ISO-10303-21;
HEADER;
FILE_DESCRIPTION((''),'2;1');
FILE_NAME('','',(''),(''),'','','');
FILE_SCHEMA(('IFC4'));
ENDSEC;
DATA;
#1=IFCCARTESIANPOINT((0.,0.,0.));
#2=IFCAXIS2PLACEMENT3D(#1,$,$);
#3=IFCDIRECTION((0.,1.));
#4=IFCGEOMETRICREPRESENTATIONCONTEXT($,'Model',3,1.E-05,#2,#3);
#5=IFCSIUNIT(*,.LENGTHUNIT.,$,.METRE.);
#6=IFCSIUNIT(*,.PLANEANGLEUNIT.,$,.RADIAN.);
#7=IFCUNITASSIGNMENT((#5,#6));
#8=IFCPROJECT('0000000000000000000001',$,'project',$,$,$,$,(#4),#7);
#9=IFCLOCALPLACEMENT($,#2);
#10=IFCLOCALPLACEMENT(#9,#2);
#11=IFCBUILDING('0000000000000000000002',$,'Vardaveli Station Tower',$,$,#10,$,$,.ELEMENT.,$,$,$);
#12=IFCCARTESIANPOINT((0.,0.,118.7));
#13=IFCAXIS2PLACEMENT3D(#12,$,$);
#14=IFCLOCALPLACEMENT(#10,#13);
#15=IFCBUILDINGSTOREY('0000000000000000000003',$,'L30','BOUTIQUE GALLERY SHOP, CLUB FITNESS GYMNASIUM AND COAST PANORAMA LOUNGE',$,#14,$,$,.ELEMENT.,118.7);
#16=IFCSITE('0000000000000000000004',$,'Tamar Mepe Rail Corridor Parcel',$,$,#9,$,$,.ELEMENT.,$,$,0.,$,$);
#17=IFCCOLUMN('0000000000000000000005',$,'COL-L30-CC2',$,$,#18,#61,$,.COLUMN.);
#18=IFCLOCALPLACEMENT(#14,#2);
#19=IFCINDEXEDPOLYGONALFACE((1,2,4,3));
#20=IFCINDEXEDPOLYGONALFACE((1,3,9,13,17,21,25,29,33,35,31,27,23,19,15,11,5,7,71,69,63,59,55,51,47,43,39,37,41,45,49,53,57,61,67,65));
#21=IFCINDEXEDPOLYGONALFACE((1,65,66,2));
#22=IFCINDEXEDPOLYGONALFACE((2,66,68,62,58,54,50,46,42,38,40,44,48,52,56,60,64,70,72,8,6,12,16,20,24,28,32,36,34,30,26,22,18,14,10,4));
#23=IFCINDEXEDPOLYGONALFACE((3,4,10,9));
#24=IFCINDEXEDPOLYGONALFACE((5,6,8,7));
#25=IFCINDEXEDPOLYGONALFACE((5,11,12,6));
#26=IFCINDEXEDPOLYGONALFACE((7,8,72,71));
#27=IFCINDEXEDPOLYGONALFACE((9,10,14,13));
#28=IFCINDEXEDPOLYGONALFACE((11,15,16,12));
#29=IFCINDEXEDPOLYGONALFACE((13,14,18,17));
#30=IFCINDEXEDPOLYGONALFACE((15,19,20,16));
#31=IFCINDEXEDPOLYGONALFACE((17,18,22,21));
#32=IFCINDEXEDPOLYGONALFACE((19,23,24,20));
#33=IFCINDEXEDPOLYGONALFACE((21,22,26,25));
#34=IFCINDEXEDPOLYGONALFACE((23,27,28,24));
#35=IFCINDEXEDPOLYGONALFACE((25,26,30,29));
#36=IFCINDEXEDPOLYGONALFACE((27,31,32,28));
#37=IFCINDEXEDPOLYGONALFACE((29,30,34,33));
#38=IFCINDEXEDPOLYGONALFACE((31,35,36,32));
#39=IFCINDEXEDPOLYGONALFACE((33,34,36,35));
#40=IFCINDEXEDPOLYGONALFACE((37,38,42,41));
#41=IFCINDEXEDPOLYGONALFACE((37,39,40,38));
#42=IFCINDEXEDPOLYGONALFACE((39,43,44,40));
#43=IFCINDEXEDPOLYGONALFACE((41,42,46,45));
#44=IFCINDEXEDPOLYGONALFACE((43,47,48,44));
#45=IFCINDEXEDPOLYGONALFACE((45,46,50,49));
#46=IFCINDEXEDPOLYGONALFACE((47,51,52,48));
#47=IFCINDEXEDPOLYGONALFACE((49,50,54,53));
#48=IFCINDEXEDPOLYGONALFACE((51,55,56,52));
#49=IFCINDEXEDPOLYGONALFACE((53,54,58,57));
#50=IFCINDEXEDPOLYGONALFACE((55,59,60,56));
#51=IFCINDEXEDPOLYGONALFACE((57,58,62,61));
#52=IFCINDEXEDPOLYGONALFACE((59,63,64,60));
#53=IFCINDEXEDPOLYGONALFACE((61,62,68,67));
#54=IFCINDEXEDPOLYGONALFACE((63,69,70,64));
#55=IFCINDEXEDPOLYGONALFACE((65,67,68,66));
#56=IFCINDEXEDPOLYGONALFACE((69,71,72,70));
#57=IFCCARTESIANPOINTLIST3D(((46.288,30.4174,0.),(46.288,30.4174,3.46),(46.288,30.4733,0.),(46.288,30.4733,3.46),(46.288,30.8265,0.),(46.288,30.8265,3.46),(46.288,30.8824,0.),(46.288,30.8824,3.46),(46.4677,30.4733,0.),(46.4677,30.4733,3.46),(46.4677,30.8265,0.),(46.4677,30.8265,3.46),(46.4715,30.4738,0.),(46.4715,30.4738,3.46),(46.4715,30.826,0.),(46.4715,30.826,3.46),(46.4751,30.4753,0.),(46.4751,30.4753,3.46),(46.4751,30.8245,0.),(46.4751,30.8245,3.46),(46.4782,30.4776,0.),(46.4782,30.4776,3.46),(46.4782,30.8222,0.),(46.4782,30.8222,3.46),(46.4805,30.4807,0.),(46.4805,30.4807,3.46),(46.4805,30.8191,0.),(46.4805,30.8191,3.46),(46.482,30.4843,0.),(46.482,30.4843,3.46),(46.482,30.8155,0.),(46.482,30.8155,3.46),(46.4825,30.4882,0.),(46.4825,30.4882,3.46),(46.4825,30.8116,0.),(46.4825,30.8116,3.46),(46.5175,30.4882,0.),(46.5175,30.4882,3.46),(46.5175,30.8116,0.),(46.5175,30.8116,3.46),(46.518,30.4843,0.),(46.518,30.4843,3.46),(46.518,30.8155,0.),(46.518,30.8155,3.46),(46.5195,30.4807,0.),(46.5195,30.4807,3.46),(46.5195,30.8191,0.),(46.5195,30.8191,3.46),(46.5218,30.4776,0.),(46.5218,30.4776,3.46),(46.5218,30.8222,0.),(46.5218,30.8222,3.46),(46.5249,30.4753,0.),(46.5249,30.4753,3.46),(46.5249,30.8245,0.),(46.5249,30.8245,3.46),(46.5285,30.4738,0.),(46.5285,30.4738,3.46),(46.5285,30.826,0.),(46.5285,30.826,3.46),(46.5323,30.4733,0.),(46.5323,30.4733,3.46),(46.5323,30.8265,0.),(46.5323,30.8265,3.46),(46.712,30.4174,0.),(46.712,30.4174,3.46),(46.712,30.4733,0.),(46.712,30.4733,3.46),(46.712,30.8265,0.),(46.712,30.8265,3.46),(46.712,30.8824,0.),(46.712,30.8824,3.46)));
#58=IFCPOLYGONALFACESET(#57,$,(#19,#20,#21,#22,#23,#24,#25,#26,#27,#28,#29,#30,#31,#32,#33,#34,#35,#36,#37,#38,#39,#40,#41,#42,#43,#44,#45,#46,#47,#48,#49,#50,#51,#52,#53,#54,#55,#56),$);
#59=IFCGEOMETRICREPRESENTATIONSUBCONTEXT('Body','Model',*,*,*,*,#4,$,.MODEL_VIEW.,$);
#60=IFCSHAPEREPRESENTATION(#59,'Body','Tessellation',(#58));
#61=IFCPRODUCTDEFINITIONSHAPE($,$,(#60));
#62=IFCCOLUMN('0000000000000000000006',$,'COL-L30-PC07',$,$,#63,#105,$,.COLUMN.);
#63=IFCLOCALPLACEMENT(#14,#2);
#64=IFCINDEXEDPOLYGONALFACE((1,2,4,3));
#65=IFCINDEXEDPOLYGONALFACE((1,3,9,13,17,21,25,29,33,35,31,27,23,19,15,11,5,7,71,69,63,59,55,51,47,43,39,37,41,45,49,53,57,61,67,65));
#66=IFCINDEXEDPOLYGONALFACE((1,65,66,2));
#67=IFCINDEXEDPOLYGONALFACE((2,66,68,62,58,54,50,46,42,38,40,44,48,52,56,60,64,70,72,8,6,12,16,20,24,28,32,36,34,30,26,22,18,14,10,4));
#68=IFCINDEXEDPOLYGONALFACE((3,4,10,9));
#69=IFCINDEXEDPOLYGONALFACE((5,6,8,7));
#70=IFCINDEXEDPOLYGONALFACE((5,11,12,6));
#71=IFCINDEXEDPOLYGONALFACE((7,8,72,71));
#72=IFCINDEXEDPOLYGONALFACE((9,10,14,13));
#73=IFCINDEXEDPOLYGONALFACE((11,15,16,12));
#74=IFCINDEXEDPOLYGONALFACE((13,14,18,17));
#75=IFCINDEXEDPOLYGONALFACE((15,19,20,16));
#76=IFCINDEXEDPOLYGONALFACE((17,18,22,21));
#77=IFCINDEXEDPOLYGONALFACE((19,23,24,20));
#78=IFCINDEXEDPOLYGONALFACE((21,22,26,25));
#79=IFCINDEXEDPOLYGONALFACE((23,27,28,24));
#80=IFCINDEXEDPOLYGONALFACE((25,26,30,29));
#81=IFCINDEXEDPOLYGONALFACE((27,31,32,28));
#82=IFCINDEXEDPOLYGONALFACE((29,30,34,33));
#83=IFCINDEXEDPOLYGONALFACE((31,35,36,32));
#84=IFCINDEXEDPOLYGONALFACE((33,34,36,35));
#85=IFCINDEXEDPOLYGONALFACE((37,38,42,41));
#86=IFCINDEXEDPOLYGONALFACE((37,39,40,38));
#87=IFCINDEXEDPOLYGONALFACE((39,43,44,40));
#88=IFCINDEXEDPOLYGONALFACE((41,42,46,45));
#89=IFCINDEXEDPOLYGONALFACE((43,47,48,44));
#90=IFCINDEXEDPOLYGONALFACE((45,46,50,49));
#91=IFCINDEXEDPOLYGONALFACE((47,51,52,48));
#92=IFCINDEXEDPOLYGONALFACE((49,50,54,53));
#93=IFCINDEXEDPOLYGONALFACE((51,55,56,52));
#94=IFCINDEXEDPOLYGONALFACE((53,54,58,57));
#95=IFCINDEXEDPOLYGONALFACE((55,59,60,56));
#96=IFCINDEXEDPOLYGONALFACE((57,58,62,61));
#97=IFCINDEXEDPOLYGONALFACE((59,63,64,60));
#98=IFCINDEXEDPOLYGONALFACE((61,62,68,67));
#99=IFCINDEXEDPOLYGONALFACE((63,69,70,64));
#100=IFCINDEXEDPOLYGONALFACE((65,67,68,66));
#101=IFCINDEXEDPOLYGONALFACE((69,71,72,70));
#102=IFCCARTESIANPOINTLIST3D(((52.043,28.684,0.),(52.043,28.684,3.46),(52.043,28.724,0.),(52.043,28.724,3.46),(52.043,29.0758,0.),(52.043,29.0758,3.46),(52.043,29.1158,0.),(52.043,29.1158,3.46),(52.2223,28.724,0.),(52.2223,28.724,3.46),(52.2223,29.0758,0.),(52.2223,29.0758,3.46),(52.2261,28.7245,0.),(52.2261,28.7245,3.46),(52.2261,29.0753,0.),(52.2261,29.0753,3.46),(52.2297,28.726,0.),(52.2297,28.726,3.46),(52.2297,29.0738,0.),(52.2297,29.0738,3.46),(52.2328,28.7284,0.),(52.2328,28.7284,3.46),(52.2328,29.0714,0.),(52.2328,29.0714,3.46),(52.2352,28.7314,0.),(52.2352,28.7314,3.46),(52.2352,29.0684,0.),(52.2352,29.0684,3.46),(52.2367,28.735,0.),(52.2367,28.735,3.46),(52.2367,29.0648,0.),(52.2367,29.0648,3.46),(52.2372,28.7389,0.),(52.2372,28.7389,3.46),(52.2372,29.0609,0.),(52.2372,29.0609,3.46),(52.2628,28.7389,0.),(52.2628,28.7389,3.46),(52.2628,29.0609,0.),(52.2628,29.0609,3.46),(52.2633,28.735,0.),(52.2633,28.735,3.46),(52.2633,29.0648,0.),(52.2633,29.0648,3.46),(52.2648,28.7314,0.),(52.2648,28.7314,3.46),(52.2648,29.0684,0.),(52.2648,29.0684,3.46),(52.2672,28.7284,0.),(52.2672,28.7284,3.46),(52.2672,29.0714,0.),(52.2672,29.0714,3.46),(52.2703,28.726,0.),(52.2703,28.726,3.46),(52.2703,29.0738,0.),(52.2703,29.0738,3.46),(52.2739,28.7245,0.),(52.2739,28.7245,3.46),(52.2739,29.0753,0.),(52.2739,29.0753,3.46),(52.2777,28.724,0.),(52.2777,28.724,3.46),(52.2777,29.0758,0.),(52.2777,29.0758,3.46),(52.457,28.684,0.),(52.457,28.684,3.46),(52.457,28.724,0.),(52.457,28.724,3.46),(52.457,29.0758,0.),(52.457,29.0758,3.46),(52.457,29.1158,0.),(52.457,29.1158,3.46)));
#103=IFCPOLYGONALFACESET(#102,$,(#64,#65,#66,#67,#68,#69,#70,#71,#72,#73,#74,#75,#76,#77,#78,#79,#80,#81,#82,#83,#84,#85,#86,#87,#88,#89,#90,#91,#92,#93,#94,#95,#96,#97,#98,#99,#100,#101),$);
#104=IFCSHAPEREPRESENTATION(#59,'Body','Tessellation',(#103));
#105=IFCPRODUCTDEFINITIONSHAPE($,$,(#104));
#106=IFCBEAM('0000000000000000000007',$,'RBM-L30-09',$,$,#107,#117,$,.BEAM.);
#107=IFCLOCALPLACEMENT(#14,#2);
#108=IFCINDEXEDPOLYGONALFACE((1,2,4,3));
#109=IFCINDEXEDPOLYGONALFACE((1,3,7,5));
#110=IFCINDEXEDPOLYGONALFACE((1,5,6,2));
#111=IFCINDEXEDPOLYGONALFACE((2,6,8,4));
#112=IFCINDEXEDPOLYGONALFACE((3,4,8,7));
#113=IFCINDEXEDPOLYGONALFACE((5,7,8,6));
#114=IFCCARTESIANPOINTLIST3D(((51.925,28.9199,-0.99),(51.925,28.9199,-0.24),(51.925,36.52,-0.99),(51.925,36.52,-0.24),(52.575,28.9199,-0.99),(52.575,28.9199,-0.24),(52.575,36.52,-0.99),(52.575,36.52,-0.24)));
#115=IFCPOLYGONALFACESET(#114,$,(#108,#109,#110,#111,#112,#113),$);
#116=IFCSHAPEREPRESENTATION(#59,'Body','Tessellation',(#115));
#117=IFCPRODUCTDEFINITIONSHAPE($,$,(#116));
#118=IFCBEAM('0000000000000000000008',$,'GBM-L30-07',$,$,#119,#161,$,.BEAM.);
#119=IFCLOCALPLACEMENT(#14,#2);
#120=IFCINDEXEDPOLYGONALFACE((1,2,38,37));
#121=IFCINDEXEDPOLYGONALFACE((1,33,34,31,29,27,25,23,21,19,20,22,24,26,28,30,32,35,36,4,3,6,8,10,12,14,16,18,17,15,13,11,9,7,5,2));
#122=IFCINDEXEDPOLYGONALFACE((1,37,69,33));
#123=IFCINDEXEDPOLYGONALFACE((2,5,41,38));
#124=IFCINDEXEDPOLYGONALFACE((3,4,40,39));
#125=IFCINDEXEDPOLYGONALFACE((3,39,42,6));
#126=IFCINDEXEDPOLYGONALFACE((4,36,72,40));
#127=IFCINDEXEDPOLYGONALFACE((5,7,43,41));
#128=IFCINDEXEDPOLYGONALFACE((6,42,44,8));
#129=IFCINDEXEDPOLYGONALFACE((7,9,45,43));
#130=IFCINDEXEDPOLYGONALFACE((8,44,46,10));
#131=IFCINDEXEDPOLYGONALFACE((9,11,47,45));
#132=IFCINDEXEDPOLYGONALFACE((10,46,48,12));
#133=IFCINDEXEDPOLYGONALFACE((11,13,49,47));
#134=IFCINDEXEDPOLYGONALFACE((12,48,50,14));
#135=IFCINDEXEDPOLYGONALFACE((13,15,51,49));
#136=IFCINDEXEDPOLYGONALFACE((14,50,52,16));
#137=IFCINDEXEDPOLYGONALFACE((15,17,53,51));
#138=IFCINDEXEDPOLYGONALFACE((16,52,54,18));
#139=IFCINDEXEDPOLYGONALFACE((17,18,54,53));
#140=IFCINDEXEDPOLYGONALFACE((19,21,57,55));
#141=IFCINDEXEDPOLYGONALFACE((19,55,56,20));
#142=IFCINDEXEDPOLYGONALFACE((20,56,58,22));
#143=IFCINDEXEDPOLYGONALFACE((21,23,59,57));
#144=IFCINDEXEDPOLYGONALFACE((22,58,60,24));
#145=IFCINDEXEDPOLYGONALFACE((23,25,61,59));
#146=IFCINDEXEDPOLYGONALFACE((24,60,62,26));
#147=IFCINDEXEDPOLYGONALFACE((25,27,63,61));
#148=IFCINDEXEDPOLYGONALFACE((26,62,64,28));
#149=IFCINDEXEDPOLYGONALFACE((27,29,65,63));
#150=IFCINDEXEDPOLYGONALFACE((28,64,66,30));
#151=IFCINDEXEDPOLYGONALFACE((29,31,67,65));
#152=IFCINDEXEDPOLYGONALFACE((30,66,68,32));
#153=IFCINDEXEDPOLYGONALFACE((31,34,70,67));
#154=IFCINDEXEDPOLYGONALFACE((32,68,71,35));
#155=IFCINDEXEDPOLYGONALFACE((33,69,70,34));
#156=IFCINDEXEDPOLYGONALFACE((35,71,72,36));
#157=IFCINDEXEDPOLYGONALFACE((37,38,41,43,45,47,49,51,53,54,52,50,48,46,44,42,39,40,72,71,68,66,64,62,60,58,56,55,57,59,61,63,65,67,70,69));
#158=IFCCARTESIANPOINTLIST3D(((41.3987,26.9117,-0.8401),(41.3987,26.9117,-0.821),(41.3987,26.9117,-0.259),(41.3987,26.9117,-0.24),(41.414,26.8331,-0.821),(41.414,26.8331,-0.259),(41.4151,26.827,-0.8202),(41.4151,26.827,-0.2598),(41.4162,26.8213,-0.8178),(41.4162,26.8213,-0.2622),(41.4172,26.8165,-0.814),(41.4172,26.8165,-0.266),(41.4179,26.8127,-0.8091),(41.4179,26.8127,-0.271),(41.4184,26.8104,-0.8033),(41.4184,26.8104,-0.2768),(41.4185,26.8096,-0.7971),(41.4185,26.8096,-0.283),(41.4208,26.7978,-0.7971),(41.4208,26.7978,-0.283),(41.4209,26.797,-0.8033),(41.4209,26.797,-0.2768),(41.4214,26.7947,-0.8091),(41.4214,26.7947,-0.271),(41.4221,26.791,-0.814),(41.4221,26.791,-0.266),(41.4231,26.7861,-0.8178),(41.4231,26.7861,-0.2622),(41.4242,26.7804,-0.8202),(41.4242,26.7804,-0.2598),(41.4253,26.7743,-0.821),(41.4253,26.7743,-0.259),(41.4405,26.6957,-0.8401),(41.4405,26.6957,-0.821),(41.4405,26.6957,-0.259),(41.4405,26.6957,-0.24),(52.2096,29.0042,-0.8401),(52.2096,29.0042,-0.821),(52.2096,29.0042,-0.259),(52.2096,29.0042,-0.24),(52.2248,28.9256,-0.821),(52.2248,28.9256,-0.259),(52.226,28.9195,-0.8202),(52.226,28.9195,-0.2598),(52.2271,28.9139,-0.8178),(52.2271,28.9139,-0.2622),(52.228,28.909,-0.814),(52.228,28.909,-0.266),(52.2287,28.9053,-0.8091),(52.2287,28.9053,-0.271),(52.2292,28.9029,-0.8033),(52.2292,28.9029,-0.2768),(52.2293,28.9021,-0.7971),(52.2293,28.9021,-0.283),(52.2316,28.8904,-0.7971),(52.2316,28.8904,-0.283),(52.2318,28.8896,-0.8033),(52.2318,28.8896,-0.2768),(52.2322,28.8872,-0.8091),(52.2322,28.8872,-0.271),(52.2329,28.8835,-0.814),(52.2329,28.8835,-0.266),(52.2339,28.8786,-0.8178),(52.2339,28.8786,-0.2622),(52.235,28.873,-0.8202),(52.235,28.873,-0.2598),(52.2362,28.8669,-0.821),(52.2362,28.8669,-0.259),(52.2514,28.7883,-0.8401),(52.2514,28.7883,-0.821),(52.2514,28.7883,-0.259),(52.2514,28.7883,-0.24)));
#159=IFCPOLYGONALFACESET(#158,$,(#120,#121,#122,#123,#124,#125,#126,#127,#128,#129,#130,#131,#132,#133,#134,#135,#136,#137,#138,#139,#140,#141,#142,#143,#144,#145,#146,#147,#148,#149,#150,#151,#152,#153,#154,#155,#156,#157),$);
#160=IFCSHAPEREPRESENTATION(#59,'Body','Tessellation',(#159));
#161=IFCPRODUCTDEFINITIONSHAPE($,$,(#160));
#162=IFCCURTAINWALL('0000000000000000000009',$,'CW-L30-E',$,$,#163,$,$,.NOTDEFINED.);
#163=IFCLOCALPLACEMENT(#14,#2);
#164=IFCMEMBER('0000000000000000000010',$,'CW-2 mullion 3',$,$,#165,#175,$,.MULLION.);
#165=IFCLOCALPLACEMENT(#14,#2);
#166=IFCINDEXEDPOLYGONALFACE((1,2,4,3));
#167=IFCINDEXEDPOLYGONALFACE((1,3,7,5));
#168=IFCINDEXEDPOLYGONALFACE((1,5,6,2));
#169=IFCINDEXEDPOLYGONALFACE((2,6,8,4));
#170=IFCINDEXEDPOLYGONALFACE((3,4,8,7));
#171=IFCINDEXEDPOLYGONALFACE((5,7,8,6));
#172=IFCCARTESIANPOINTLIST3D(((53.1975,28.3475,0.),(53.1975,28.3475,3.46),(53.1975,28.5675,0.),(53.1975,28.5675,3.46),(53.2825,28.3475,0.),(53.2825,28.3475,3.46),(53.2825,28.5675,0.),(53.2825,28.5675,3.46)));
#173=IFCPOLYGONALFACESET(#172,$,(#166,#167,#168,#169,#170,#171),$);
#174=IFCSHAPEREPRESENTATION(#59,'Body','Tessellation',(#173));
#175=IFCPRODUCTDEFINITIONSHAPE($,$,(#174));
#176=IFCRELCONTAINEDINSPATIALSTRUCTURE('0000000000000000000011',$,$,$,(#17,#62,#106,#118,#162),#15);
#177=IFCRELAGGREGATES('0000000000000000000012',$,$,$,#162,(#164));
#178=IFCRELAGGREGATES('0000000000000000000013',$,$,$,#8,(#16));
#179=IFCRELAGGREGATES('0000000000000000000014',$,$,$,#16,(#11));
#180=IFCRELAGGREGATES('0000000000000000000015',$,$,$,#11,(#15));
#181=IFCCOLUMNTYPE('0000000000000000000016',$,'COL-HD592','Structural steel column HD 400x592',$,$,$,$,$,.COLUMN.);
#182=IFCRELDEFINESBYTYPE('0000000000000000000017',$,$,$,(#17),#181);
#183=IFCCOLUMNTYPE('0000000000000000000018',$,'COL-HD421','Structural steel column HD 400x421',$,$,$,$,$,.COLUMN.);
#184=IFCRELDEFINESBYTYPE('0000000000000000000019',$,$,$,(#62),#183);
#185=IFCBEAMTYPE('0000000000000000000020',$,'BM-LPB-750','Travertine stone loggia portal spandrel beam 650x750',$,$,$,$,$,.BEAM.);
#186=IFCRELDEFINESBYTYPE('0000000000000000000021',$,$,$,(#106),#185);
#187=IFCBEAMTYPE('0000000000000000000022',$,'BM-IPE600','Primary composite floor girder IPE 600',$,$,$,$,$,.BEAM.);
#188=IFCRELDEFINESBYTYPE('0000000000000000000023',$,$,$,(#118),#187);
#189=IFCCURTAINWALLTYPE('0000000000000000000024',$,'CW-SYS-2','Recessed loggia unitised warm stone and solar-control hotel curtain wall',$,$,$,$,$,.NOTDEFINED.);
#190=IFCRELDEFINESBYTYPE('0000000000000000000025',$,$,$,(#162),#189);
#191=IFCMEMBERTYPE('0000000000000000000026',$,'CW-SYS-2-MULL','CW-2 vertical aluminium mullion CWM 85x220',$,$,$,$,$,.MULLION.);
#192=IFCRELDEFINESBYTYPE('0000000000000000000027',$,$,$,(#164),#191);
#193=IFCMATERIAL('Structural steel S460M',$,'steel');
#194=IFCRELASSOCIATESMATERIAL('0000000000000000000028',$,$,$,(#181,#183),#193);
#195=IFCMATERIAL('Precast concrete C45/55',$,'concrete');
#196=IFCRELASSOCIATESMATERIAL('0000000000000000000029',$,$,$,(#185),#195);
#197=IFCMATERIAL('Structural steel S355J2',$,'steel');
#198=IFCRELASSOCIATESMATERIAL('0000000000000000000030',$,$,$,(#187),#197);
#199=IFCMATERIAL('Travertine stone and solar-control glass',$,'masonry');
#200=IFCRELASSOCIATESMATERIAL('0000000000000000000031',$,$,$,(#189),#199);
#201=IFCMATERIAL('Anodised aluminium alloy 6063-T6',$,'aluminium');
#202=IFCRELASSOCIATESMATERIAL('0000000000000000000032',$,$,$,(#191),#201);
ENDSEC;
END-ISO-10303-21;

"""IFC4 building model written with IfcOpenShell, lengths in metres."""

from ifc_helpers import new_model, si_unit, direction, frame, origin, origin_2d, place, context, subcontext, project, spatial, rectangle, i_section, extrude, source, transform, mapped, material, material_profile, profile_set, type_object, element, aggregate, save


model = new_model("IFC4")

# Units and contexts
model_context = context("Model", 3, precision=1e-05, world=origin(), true_north=direction((0.0, 1.0)))
body_context = subcontext(model_context, "Body", "Model", "MODEL_VIEW")
ifc_project = project(units=[si_unit("LENGTHUNIT", "METRE"), si_unit("PLANEANGLEUNIT", "RADIAN")], contexts=[model_context])

# Site, building, storey
site_placement = place(None, origin())
site = spatial("IfcSite", under=ifc_project, at=site_placement, Name="Tamar Mepe Rail Corridor Parcel", CompositionType="ELEMENT", RefElevation=0.0)
building_placement = place(site_placement, origin())
building = spatial("IfcBuilding", under=site, at=building_placement, Name="Vardaveli Station Tower", CompositionType="ELEMENT")
storey_placement = place(building_placement, frame((0.0, 0.0, 118.7)))
storey = spatial("IfcBuildingStorey", under=building, at=storey_placement, Name="L30", Description="BOUTIQUE GALLERY SHOP, CLUB FITNESS GYMNASIUM AND COAST PANORAMA LOUNGE", CompositionType="ELEMENT", Elevation=118.7)

# Columns
ifc_material_1 = material(Name="Structural steel S460M", Category="steel")
ifc_material_profile_1 = material_profile(ifc_material_1, i_section(OverallWidth=0.4241, OverallDepth=0.4651, WebThickness=0.0349, FlangeThickness=0.0559, FilletRadius=0.0149, at=origin_2d()), Name="HD 400x592")
ifc_profile_set_1 = profile_set([ifc_material_profile_1], Name="Structural steel S460M")
column_type_1 = type_object("IfcColumnType", Name="COL-HD592", Description="Structural steel column HD 400x592", PredefinedType="COLUMN", material=ifc_profile_set_1)
shared_shape_1 = source(origin(), body_context, "Body", "SweptSolid", [
    extrude(i_section(OverallWidth=0.4241, OverallDepth=0.4651, WebThickness=0.0349, FlangeThickness=0.0559, FilletRadius=0.0149, at=origin_2d()), origin(), (0.0, 0.0, 1.0), 3.46),
])
column_1_placement = place(storey_placement, frame((46.5, 30.6499, 0.0), z_axis=(0.0, 0.0, 1.0), x_axis=(1.0, 0.0, 0.0)))
element("IfcColumn", 1, at=column_1_placement, inside=storey, type_object=column_type_1, Name="COL-L30-CC2", PredefinedType="COLUMN", context=body_context, shape_type="MappedRepresentation", body=[
    mapped(shared_shape_1, transform((0.0, 0.0, 0.0), scale=1.0)),
])
ifc_material_profile_2 = material_profile(ifc_material_1, i_section(OverallWidth=0.4141, OverallDepth=0.4319, WebThickness=0.0256, FlangeThickness=0.04, FilletRadius=0.0149, at=origin_2d()), Name="HD 400x421")
ifc_profile_set_2 = profile_set([ifc_material_profile_2], Name="Structural steel S460M")
column_type_2 = type_object("IfcColumnType", Name="COL-HD421", Description="Structural steel column HD 400x421", PredefinedType="COLUMN", material=ifc_profile_set_2)
shared_shape_2 = source(origin(), body_context, "Body", "SweptSolid", [
    extrude(i_section(OverallWidth=0.4141, OverallDepth=0.4319, WebThickness=0.0256, FlangeThickness=0.04, FilletRadius=0.0149, at=origin_2d()), origin(), (0.0, 0.0, 1.0), 3.46),
])
column_2_placement = place(storey_placement, frame((52.25, 28.8999, 0.0), z_axis=(0.0, 0.0, 1.0), x_axis=(1.0, 0.0, 0.0)))
element("IfcColumn", 2, at=column_2_placement, inside=storey, type_object=column_type_2, Name="COL-L30-PC07", PredefinedType="COLUMN", context=body_context, shape_type="MappedRepresentation", body=[
    mapped(shared_shape_2, transform((0.0, 0.0, 0.0), scale=1.0)),
])

# Beams
ifc_material_2 = material(Name="Precast concrete C45/55", Category="concrete")
ifc_material_profile_3 = material_profile(ifc_material_2, rectangle(XDim=0.6499, YDim=0.75, at=origin_2d()), Name="LPB 650x750")
ifc_profile_set_3 = profile_set([ifc_material_profile_3], Name="Precast concrete C45/55")
beam_type_1 = type_object("IfcBeamType", Name="BM-LPB-750", Description="Travertine stone loggia portal spandrel beam 650x750", PredefinedType="BEAM", material=ifc_profile_set_3)
shared_shape_3 = source(origin(), body_context, "Body", "SweptSolid", [
    extrude(rectangle(XDim=0.6499, YDim=0.75, at=origin_2d()), origin(), (0.0, 0.0, 1.0), 7.6001),
])
beam_1_placement = place(storey_placement, frame((52.25, 28.9199, -0.615), z_axis=(0.0, 1.0, 0.0), x_axis=(-1.0, 0.0, 0.0)))
element("IfcBeam", 3, at=beam_1_placement, inside=storey, type_object=beam_type_1, Name="RBM-L30-09", PredefinedType="BEAM", context=body_context, shape_type="MappedRepresentation", body=[
    mapped(shared_shape_3, transform((0.0, 0.0, 0.0), scale=1.0)),
])
ifc_material_3 = material(Name="Structural steel S355J2", Category="steel")
ifc_material_profile_4 = material_profile(ifc_material_3, i_section(OverallWidth=0.22, OverallDepth=0.6001, WebThickness=0.012, FlangeThickness=0.019, FilletRadius=0.0239, at=origin_2d()), Name="IPE 600")
ifc_profile_set_4 = profile_set([ifc_material_profile_4], Name="Structural steel S355J2")
beam_type_2 = type_object("IfcBeamType", Name="BM-IPE600", Description="Primary composite floor girder IPE 600", PredefinedType="BEAM", material=ifc_profile_set_4)
shared_shape_4 = source(origin(), body_context, "Body", "SweptSolid", [
    extrude(i_section(OverallWidth=0.22, OverallDepth=0.6001, WebThickness=0.012, FlangeThickness=0.019, FilletRadius=0.0239, at=origin_2d()), origin(), (0.0, 0.0, 1.0), 11.0115),
])
beam_2_placement = place(storey_placement, frame((52.2305, 28.8962, -0.54), z_axis=(-0.981778, -0.190032, 0.0), x_axis=(0.190032, -0.981778, 0.0)))
element("IfcBeam", 4, at=beam_2_placement, inside=storey, type_object=beam_type_2, Name="GBM-L30-07", PredefinedType="BEAM", context=body_context, shape_type="MappedRepresentation", body=[
    mapped(shared_shape_4, transform((0.0, 0.0, 0.0), scale=1.0)),
])

# Curtain wall, member
ifc_material_4 = material(Name="Travertine stone and solar-control glass", Category="masonry")
curtain_wall_type = type_object("IfcCurtainWallType", Name="CW-SYS-2", Description="Recessed loggia unitised warm stone and solar-control hotel curtain wall", PredefinedType="NOTDEFINED", material=ifc_material_4)
curtain_wall_placement = place(storey_placement, origin())
curtain_wall = element("IfcCurtainWall", 5, at=curtain_wall_placement, inside=storey, type_object=curtain_wall_type, Name="CW-L30-E", PredefinedType="NOTDEFINED")
ifc_material_5 = material(Name="Anodised aluminium alloy 6063-T6", Category="aluminium")
ifc_material_profile_5 = material_profile(ifc_material_5, rectangle(XDim=0.085, YDim=0.22, at=origin_2d()), Name="CWM 85x220")
ifc_profile_set_5 = profile_set([ifc_material_profile_5], Name="Anodised aluminium alloy 6063-T6")
member_type = type_object("IfcMemberType", Name="CW-SYS-2-MULL", Description="CW-2 vertical aluminium mullion CWM 85x220", PredefinedType="MULLION", material=ifc_profile_set_5)
shared_shape_5 = source(origin(), body_context, "Body", "SweptSolid", [
    extrude(rectangle(XDim=0.085, YDim=0.22, at=origin_2d()), origin(), (0.0, 0.0, 1.0), 3.46),
])
member_placement = place(storey_placement, frame((53.24, 28.4575, 0.0), z_axis=(0.0, 0.0, 1.0), x_axis=(-1.0, 0.0, 0.0)))
member = element("IfcMember", 6, at=member_placement, type_object=member_type, Name="CW-2 mullion 3", PredefinedType="MULLION", context=body_context, shape_type="MappedRepresentation", body=[
    mapped(shared_shape_5, transform((0.0, 0.0, 0.0), scale=1.0)),
])
aggregate(curtain_wall, [member])

save(model, "model.ifc")
